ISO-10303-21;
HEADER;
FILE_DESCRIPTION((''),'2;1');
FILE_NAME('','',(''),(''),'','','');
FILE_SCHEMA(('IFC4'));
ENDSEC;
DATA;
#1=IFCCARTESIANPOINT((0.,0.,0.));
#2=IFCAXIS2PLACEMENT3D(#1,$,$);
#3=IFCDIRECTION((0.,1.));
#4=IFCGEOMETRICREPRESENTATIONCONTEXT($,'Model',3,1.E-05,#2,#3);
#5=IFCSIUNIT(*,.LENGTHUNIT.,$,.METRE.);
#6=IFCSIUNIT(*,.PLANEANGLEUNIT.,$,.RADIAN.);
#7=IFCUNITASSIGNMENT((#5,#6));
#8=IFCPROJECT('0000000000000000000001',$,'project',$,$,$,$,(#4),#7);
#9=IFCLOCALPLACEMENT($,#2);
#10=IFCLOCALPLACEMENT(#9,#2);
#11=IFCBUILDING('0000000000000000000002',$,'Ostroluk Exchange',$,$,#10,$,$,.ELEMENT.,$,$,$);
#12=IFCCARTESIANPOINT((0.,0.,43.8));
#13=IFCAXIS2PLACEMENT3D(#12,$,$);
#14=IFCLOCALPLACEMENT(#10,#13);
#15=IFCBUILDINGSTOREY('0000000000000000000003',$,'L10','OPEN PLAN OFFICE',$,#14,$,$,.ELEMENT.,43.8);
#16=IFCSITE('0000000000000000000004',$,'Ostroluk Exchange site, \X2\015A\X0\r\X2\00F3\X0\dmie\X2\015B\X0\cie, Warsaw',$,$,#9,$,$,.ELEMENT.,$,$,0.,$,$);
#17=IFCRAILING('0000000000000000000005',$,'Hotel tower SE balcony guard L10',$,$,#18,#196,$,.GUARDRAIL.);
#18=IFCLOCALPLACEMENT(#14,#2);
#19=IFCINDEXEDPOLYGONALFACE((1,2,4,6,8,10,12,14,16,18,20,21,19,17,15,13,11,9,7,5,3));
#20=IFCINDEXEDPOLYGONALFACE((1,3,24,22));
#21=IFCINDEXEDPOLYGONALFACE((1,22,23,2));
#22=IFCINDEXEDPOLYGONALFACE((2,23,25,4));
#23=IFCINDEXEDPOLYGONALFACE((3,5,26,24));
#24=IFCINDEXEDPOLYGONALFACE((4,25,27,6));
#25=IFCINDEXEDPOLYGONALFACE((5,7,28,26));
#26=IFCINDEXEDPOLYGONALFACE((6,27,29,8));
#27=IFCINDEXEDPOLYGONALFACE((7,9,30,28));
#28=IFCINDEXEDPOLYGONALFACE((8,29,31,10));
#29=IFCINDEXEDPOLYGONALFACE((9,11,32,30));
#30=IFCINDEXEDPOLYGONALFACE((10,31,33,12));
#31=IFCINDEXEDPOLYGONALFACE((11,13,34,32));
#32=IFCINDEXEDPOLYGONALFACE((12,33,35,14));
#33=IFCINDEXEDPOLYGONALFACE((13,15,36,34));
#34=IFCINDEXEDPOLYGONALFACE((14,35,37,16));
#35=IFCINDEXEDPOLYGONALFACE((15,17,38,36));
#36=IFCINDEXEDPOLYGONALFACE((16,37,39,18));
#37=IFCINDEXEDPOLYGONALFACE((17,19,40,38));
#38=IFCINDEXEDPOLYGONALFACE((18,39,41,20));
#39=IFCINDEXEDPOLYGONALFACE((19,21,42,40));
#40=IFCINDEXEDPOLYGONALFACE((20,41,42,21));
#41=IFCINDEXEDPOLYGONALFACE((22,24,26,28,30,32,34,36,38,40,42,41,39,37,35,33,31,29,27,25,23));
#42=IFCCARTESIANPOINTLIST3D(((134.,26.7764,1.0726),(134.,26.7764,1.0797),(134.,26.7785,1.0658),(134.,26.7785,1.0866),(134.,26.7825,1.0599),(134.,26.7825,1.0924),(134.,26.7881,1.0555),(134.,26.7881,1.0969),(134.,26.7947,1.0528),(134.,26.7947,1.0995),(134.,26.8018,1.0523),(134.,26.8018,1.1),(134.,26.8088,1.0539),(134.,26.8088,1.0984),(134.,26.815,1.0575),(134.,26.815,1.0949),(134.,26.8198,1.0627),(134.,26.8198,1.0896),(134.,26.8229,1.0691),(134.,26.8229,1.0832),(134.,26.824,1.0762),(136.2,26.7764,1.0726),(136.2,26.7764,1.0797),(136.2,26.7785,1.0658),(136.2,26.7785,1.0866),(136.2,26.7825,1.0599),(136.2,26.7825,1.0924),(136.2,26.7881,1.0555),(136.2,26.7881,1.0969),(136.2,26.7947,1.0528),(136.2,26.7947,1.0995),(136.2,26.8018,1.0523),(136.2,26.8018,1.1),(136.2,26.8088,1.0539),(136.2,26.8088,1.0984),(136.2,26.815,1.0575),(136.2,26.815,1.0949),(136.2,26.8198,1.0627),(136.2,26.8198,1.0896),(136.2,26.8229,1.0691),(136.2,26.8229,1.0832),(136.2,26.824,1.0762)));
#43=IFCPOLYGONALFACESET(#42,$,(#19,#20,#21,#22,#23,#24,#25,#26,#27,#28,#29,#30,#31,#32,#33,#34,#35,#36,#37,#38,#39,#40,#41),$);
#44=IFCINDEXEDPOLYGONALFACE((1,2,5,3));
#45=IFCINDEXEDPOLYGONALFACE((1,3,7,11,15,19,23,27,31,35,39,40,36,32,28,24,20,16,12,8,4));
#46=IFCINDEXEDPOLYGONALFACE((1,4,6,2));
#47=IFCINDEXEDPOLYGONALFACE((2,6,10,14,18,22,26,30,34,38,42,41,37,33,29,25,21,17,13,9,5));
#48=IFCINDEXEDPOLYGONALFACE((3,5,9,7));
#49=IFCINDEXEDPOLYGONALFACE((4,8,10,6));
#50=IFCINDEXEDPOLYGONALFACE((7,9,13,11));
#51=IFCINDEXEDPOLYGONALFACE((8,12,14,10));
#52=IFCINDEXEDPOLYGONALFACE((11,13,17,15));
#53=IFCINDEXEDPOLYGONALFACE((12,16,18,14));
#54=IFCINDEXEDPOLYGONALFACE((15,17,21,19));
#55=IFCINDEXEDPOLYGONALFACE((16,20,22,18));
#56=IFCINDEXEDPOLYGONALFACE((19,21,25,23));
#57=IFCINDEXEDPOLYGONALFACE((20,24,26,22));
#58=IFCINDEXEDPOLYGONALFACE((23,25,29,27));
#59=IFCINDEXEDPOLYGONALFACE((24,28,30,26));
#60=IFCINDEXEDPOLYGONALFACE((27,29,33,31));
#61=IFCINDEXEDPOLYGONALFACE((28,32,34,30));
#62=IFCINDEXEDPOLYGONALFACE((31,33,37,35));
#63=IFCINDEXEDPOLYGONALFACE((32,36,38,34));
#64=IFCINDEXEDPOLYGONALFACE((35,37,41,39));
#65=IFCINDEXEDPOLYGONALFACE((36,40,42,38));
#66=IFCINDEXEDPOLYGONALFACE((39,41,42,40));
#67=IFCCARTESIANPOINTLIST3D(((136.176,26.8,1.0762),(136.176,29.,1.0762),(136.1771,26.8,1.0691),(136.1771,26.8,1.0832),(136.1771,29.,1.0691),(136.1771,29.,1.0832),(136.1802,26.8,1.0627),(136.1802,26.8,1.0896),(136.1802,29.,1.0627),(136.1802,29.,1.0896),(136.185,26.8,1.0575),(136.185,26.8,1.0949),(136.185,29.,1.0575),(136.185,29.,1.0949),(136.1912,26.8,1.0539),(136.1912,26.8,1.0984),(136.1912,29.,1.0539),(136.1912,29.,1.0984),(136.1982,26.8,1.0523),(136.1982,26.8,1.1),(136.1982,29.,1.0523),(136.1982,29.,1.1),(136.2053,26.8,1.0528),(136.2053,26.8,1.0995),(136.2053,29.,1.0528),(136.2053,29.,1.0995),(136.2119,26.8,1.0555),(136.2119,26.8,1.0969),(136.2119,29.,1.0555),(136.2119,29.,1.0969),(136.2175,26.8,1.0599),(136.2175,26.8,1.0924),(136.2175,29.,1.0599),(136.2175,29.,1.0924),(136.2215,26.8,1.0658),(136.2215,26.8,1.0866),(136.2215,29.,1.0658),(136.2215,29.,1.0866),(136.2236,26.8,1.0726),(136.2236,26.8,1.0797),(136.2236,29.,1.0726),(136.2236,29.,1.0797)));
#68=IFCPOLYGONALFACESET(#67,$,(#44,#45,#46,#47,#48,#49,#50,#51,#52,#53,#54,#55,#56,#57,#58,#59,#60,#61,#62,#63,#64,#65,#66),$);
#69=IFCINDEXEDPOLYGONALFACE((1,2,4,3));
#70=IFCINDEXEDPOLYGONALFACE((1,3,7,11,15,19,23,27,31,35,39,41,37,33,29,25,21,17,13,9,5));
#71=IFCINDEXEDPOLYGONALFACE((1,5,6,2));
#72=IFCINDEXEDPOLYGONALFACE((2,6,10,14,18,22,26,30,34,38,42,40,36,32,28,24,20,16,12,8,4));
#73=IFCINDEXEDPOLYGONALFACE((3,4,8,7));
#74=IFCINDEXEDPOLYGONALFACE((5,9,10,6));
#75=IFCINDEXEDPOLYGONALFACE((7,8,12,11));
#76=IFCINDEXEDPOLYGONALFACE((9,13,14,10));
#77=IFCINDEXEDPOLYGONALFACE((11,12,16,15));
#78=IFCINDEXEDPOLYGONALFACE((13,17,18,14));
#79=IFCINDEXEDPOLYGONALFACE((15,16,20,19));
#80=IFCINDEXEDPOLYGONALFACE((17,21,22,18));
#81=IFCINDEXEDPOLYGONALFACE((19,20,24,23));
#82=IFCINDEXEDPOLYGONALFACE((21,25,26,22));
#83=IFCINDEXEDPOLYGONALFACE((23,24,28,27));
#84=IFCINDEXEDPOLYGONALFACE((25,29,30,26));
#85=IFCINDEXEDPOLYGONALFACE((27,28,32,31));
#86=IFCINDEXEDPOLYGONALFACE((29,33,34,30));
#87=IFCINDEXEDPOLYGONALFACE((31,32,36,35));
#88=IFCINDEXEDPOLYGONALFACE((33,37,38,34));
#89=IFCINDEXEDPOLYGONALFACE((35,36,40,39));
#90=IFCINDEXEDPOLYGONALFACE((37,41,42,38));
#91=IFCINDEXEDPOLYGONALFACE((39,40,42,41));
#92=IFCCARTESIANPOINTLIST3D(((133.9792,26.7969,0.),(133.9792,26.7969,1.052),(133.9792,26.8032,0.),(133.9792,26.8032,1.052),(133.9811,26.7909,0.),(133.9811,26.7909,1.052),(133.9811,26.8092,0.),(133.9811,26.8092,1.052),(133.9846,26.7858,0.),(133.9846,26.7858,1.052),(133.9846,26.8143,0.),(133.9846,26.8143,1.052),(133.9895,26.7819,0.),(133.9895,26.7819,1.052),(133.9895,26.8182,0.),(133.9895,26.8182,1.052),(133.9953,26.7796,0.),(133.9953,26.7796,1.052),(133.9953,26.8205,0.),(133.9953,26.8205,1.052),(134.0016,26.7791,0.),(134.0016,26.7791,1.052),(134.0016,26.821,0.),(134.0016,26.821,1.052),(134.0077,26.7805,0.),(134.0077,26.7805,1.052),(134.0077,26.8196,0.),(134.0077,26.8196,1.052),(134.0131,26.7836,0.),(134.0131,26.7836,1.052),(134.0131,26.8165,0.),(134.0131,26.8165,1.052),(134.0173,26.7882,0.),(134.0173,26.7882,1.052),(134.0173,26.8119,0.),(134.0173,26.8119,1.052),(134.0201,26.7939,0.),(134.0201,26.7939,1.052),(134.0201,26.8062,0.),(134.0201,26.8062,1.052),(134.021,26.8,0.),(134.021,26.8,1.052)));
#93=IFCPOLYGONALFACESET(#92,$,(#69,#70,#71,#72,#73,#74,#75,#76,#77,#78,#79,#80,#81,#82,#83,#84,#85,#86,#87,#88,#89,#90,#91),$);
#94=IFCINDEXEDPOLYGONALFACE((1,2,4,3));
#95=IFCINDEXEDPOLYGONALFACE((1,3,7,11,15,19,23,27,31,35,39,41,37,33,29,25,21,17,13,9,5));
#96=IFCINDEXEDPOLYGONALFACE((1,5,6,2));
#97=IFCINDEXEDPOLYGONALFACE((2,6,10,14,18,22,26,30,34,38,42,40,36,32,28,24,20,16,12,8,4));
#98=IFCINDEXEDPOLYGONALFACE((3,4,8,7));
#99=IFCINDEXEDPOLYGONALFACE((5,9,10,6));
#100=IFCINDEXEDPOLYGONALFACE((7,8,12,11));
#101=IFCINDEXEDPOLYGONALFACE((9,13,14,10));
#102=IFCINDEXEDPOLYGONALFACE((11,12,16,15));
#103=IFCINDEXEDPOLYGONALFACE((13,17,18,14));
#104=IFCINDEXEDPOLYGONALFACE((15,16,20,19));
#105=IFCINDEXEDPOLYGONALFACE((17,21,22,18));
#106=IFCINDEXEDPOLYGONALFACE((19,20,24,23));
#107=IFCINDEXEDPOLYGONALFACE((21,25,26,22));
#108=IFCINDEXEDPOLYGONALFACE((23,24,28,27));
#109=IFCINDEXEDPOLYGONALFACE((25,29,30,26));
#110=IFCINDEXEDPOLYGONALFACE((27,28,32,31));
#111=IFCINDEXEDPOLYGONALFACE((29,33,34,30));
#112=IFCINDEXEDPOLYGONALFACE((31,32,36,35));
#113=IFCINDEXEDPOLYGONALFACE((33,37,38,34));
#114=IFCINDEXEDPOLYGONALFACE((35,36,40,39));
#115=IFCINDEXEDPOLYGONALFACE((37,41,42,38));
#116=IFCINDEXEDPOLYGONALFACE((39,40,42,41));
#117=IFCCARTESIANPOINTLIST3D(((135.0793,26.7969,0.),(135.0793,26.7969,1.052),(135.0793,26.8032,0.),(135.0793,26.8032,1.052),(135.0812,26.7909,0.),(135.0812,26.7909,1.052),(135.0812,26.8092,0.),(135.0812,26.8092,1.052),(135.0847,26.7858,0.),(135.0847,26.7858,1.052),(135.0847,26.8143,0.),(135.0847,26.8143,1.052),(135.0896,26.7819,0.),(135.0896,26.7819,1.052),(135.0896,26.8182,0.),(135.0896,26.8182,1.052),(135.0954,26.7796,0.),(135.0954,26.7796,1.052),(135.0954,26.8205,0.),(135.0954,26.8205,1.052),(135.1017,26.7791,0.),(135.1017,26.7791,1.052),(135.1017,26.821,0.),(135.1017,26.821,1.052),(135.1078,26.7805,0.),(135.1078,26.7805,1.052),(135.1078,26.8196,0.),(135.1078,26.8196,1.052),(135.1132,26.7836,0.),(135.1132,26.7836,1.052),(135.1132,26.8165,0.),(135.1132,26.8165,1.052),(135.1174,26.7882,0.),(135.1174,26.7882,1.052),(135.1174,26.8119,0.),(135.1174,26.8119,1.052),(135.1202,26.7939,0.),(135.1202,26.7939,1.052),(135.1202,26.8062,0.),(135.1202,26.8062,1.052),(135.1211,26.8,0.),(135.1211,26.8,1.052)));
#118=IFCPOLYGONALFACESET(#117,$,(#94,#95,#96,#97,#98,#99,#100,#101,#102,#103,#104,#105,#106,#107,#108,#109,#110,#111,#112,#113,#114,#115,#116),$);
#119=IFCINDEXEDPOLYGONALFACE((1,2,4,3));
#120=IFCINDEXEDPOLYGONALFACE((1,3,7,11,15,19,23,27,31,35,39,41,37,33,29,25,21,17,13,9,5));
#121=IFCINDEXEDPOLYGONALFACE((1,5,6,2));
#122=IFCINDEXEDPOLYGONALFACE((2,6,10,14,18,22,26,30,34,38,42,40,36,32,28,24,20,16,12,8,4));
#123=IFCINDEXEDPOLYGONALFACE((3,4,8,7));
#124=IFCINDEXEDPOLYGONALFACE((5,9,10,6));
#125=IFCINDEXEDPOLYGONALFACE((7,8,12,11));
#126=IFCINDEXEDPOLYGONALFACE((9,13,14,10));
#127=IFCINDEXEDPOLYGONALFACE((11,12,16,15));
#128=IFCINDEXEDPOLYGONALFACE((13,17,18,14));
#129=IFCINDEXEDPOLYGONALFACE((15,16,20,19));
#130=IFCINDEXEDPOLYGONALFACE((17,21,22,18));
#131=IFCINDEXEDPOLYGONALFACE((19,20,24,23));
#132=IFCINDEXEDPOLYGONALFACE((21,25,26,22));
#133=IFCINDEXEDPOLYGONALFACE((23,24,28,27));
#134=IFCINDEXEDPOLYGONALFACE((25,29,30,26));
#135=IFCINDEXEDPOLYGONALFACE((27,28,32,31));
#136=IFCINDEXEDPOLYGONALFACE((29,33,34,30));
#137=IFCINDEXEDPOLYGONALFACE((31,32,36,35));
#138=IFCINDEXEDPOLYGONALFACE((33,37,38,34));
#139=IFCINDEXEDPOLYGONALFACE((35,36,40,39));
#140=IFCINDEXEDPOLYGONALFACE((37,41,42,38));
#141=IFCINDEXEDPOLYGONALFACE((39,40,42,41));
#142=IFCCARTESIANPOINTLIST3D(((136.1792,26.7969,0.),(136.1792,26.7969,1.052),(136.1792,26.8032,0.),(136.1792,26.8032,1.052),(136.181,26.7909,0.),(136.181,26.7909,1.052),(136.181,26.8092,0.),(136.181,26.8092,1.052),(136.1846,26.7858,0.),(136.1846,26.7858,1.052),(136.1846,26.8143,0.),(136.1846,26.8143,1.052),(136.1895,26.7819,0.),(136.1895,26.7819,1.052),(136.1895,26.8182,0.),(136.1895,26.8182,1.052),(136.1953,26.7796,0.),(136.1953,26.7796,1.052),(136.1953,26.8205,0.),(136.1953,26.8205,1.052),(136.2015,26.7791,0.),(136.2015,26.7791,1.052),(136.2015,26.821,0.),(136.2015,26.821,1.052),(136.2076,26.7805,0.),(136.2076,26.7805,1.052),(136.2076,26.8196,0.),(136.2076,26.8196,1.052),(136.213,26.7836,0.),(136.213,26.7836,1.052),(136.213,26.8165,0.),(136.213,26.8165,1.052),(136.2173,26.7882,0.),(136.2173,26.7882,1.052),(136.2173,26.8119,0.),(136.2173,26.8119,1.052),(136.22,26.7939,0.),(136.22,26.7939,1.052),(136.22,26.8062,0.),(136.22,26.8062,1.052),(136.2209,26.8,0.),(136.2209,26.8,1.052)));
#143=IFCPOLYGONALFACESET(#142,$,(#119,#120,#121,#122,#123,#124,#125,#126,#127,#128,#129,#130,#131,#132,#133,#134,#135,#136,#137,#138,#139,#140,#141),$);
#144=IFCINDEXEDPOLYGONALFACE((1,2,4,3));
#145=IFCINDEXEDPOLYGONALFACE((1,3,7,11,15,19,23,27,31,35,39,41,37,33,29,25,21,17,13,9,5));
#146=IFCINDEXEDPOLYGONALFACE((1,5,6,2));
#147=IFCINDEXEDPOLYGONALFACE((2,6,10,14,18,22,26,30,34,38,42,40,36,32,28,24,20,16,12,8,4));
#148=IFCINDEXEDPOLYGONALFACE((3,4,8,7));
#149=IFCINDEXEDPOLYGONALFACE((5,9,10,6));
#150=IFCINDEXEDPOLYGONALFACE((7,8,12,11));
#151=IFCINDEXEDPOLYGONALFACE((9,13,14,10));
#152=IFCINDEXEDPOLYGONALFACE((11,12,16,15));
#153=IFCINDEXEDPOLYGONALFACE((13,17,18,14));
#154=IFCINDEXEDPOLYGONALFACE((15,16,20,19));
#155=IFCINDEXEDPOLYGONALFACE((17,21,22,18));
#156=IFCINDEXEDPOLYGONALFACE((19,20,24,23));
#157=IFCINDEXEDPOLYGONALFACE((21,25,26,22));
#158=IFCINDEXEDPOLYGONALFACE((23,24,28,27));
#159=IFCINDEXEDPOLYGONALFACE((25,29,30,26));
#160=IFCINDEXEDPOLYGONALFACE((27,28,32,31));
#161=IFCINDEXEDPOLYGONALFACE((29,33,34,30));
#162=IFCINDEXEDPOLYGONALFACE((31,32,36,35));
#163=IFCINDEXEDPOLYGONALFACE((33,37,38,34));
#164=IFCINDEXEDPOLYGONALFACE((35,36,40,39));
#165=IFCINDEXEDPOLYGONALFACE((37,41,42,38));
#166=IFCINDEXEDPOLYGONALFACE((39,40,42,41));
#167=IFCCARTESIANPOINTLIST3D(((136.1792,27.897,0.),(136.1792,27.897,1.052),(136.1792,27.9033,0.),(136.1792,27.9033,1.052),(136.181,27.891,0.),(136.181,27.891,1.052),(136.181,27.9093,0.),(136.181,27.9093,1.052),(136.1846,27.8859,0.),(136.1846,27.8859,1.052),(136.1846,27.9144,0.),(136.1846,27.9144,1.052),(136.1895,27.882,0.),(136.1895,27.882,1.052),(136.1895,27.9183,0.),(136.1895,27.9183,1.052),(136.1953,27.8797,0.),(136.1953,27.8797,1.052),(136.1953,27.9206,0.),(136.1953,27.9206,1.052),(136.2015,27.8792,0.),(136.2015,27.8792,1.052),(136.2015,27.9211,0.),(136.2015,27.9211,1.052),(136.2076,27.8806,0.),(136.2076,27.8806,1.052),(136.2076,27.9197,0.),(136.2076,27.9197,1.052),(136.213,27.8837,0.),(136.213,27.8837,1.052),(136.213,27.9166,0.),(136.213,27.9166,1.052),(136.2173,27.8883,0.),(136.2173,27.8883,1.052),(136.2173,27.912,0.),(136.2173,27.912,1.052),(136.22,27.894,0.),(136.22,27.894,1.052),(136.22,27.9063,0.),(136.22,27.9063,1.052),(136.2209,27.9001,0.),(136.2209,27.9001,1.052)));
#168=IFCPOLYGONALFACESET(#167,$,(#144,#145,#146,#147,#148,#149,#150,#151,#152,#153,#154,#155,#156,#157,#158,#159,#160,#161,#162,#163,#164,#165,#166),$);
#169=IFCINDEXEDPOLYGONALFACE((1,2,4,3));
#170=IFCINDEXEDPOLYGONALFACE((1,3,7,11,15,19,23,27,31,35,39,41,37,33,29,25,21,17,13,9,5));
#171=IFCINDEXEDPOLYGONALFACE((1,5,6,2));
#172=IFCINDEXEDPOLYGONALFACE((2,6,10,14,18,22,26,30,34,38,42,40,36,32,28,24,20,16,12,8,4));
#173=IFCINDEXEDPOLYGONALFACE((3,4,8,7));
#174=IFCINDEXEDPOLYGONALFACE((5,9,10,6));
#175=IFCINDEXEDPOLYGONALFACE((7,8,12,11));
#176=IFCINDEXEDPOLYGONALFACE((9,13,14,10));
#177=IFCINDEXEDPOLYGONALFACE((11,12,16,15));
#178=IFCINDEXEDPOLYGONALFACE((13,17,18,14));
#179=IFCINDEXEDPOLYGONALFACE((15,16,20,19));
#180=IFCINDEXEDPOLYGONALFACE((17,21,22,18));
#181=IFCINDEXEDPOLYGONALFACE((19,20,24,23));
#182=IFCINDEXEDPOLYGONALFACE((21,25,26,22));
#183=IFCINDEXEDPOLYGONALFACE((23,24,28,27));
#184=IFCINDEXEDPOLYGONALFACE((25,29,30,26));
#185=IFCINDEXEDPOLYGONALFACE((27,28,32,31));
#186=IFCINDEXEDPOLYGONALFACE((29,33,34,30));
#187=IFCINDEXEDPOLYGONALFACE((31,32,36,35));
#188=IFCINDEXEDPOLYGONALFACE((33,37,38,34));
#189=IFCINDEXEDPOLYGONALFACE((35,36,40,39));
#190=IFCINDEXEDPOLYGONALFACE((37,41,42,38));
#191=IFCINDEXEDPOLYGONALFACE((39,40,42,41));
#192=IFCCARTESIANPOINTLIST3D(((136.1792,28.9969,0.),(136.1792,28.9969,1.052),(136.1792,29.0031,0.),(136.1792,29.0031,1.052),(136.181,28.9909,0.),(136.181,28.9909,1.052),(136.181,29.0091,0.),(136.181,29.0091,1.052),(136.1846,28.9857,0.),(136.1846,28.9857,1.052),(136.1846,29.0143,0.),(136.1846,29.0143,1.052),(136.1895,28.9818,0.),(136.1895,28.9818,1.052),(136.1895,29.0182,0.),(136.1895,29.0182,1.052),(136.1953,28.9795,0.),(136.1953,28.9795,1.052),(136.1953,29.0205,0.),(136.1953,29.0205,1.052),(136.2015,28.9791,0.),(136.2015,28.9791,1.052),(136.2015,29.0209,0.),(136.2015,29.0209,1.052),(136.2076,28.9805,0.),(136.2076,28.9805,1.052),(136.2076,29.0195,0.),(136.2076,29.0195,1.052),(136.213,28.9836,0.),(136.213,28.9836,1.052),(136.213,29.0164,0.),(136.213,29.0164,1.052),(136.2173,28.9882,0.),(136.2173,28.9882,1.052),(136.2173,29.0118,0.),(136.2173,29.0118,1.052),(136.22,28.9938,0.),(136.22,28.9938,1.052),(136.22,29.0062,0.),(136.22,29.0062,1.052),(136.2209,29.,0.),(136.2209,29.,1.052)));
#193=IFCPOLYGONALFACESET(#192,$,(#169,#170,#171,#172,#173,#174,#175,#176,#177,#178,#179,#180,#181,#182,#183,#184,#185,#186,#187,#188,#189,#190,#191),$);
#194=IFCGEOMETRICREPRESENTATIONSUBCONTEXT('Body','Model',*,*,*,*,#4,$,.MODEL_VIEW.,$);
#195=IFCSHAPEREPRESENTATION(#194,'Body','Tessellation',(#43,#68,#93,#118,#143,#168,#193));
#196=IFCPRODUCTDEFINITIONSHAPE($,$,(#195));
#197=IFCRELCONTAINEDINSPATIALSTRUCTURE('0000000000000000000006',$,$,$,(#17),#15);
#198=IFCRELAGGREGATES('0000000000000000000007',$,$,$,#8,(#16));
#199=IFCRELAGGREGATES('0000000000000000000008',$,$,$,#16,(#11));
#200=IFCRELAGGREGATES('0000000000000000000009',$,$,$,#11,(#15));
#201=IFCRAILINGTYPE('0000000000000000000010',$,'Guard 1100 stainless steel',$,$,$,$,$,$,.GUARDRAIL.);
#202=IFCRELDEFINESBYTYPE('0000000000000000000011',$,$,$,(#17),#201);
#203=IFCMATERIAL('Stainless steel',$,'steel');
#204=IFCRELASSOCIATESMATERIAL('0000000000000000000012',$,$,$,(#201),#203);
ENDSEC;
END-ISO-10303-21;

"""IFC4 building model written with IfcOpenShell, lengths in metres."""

from ifc_helpers import new_model, si_unit, direction, frame, origin, origin_2d, place, context, subcontext, project, spatial, circle, extrude, material, type_object, element, save


model = new_model("IFC4")

# Units and contexts
model_context = context("Model", 3, precision=1e-05, world=origin(), true_north=direction((0.0, 1.0)))
body_context = subcontext(model_context, "Body", "Model", "MODEL_VIEW")
ifc_project = project(units=[si_unit("LENGTHUNIT", "METRE"), si_unit("PLANEANGLEUNIT", "RADIAN")], contexts=[model_context])

# Site, building, storey
site_placement = place(None, origin())
site = spatial("IfcSite", under=ifc_project, at=site_placement, Name="Ostroluk Exchange site, Śródmieście, Warsaw", CompositionType="ELEMENT", RefElevation=0.0)
building_placement = place(site_placement, origin())
building = spatial("IfcBuilding", under=site, at=building_placement, Name="Ostroluk Exchange", CompositionType="ELEMENT")
storey_placement = place(building_placement, frame((0.0, 0.0, 43.8)))
storey = spatial("IfcBuildingStorey", under=building, at=storey_placement, Name="L10", Description="OPEN PLAN OFFICE", CompositionType="ELEMENT", Elevation=43.8)

# Railing
ifc_material_1 = material(Name="Stainless steel", Category="steel")
railing_type_1 = type_object("IfcRailingType", Name="Guard 1100 stainless steel", PredefinedType="GUARDRAIL", material=ifc_material_1)
railing_1_placement = place(storey_placement, frame((134.0, 26.8, 0.0)))
element("IfcRailing", 1, at=railing_1_placement, inside=storey, type_object=railing_type_1, Name="Hotel tower SE balcony guard L10", PredefinedType="GUARDRAIL", context=body_context, shape_type="SweptSolid", body=[
    extrude(circle(Radius=0.0239, at=origin_2d()), frame((0.0, 0.0, 1.0762), z_axis=(1.0, 0.0, 0.0), x_axis=(0.0, 1.0, 0.0)), (0.0, 0.0, 1.0), 2.2),
    extrude(circle(Radius=0.0239, at=origin_2d()), frame((2.2, 0.0, 1.0762), z_axis=(0.0, 1.0, 0.0), x_axis=(-1.0, 0.0, 0.0)), (0.0, 0.0, 1.0), 2.2),
    extrude(circle(Radius=0.021, at=origin_2d()), origin(), (0.0, 0.0, 1.0), 1.052),
    extrude(circle(Radius=0.021, at=origin_2d()), frame((1.1001, 0.0, 0.0)), (0.0, 0.0, 1.0), 1.052),
    extrude(circle(Radius=0.021, at=origin_2d()), frame((2.2, 0.0, 0.0)), (0.0, 0.0, 1.0), 1.052),
    extrude(circle(Radius=0.021, at=origin_2d()), frame((2.2, 1.1001, 0.0)), (0.0, 0.0, 1.0), 1.052),
    extrude(circle(Radius=0.021, at=origin_2d()), frame((2.2, 2.2, 0.0)), (0.0, 0.0, 1.0), 1.052),
])

save(model, "model.ifc")
